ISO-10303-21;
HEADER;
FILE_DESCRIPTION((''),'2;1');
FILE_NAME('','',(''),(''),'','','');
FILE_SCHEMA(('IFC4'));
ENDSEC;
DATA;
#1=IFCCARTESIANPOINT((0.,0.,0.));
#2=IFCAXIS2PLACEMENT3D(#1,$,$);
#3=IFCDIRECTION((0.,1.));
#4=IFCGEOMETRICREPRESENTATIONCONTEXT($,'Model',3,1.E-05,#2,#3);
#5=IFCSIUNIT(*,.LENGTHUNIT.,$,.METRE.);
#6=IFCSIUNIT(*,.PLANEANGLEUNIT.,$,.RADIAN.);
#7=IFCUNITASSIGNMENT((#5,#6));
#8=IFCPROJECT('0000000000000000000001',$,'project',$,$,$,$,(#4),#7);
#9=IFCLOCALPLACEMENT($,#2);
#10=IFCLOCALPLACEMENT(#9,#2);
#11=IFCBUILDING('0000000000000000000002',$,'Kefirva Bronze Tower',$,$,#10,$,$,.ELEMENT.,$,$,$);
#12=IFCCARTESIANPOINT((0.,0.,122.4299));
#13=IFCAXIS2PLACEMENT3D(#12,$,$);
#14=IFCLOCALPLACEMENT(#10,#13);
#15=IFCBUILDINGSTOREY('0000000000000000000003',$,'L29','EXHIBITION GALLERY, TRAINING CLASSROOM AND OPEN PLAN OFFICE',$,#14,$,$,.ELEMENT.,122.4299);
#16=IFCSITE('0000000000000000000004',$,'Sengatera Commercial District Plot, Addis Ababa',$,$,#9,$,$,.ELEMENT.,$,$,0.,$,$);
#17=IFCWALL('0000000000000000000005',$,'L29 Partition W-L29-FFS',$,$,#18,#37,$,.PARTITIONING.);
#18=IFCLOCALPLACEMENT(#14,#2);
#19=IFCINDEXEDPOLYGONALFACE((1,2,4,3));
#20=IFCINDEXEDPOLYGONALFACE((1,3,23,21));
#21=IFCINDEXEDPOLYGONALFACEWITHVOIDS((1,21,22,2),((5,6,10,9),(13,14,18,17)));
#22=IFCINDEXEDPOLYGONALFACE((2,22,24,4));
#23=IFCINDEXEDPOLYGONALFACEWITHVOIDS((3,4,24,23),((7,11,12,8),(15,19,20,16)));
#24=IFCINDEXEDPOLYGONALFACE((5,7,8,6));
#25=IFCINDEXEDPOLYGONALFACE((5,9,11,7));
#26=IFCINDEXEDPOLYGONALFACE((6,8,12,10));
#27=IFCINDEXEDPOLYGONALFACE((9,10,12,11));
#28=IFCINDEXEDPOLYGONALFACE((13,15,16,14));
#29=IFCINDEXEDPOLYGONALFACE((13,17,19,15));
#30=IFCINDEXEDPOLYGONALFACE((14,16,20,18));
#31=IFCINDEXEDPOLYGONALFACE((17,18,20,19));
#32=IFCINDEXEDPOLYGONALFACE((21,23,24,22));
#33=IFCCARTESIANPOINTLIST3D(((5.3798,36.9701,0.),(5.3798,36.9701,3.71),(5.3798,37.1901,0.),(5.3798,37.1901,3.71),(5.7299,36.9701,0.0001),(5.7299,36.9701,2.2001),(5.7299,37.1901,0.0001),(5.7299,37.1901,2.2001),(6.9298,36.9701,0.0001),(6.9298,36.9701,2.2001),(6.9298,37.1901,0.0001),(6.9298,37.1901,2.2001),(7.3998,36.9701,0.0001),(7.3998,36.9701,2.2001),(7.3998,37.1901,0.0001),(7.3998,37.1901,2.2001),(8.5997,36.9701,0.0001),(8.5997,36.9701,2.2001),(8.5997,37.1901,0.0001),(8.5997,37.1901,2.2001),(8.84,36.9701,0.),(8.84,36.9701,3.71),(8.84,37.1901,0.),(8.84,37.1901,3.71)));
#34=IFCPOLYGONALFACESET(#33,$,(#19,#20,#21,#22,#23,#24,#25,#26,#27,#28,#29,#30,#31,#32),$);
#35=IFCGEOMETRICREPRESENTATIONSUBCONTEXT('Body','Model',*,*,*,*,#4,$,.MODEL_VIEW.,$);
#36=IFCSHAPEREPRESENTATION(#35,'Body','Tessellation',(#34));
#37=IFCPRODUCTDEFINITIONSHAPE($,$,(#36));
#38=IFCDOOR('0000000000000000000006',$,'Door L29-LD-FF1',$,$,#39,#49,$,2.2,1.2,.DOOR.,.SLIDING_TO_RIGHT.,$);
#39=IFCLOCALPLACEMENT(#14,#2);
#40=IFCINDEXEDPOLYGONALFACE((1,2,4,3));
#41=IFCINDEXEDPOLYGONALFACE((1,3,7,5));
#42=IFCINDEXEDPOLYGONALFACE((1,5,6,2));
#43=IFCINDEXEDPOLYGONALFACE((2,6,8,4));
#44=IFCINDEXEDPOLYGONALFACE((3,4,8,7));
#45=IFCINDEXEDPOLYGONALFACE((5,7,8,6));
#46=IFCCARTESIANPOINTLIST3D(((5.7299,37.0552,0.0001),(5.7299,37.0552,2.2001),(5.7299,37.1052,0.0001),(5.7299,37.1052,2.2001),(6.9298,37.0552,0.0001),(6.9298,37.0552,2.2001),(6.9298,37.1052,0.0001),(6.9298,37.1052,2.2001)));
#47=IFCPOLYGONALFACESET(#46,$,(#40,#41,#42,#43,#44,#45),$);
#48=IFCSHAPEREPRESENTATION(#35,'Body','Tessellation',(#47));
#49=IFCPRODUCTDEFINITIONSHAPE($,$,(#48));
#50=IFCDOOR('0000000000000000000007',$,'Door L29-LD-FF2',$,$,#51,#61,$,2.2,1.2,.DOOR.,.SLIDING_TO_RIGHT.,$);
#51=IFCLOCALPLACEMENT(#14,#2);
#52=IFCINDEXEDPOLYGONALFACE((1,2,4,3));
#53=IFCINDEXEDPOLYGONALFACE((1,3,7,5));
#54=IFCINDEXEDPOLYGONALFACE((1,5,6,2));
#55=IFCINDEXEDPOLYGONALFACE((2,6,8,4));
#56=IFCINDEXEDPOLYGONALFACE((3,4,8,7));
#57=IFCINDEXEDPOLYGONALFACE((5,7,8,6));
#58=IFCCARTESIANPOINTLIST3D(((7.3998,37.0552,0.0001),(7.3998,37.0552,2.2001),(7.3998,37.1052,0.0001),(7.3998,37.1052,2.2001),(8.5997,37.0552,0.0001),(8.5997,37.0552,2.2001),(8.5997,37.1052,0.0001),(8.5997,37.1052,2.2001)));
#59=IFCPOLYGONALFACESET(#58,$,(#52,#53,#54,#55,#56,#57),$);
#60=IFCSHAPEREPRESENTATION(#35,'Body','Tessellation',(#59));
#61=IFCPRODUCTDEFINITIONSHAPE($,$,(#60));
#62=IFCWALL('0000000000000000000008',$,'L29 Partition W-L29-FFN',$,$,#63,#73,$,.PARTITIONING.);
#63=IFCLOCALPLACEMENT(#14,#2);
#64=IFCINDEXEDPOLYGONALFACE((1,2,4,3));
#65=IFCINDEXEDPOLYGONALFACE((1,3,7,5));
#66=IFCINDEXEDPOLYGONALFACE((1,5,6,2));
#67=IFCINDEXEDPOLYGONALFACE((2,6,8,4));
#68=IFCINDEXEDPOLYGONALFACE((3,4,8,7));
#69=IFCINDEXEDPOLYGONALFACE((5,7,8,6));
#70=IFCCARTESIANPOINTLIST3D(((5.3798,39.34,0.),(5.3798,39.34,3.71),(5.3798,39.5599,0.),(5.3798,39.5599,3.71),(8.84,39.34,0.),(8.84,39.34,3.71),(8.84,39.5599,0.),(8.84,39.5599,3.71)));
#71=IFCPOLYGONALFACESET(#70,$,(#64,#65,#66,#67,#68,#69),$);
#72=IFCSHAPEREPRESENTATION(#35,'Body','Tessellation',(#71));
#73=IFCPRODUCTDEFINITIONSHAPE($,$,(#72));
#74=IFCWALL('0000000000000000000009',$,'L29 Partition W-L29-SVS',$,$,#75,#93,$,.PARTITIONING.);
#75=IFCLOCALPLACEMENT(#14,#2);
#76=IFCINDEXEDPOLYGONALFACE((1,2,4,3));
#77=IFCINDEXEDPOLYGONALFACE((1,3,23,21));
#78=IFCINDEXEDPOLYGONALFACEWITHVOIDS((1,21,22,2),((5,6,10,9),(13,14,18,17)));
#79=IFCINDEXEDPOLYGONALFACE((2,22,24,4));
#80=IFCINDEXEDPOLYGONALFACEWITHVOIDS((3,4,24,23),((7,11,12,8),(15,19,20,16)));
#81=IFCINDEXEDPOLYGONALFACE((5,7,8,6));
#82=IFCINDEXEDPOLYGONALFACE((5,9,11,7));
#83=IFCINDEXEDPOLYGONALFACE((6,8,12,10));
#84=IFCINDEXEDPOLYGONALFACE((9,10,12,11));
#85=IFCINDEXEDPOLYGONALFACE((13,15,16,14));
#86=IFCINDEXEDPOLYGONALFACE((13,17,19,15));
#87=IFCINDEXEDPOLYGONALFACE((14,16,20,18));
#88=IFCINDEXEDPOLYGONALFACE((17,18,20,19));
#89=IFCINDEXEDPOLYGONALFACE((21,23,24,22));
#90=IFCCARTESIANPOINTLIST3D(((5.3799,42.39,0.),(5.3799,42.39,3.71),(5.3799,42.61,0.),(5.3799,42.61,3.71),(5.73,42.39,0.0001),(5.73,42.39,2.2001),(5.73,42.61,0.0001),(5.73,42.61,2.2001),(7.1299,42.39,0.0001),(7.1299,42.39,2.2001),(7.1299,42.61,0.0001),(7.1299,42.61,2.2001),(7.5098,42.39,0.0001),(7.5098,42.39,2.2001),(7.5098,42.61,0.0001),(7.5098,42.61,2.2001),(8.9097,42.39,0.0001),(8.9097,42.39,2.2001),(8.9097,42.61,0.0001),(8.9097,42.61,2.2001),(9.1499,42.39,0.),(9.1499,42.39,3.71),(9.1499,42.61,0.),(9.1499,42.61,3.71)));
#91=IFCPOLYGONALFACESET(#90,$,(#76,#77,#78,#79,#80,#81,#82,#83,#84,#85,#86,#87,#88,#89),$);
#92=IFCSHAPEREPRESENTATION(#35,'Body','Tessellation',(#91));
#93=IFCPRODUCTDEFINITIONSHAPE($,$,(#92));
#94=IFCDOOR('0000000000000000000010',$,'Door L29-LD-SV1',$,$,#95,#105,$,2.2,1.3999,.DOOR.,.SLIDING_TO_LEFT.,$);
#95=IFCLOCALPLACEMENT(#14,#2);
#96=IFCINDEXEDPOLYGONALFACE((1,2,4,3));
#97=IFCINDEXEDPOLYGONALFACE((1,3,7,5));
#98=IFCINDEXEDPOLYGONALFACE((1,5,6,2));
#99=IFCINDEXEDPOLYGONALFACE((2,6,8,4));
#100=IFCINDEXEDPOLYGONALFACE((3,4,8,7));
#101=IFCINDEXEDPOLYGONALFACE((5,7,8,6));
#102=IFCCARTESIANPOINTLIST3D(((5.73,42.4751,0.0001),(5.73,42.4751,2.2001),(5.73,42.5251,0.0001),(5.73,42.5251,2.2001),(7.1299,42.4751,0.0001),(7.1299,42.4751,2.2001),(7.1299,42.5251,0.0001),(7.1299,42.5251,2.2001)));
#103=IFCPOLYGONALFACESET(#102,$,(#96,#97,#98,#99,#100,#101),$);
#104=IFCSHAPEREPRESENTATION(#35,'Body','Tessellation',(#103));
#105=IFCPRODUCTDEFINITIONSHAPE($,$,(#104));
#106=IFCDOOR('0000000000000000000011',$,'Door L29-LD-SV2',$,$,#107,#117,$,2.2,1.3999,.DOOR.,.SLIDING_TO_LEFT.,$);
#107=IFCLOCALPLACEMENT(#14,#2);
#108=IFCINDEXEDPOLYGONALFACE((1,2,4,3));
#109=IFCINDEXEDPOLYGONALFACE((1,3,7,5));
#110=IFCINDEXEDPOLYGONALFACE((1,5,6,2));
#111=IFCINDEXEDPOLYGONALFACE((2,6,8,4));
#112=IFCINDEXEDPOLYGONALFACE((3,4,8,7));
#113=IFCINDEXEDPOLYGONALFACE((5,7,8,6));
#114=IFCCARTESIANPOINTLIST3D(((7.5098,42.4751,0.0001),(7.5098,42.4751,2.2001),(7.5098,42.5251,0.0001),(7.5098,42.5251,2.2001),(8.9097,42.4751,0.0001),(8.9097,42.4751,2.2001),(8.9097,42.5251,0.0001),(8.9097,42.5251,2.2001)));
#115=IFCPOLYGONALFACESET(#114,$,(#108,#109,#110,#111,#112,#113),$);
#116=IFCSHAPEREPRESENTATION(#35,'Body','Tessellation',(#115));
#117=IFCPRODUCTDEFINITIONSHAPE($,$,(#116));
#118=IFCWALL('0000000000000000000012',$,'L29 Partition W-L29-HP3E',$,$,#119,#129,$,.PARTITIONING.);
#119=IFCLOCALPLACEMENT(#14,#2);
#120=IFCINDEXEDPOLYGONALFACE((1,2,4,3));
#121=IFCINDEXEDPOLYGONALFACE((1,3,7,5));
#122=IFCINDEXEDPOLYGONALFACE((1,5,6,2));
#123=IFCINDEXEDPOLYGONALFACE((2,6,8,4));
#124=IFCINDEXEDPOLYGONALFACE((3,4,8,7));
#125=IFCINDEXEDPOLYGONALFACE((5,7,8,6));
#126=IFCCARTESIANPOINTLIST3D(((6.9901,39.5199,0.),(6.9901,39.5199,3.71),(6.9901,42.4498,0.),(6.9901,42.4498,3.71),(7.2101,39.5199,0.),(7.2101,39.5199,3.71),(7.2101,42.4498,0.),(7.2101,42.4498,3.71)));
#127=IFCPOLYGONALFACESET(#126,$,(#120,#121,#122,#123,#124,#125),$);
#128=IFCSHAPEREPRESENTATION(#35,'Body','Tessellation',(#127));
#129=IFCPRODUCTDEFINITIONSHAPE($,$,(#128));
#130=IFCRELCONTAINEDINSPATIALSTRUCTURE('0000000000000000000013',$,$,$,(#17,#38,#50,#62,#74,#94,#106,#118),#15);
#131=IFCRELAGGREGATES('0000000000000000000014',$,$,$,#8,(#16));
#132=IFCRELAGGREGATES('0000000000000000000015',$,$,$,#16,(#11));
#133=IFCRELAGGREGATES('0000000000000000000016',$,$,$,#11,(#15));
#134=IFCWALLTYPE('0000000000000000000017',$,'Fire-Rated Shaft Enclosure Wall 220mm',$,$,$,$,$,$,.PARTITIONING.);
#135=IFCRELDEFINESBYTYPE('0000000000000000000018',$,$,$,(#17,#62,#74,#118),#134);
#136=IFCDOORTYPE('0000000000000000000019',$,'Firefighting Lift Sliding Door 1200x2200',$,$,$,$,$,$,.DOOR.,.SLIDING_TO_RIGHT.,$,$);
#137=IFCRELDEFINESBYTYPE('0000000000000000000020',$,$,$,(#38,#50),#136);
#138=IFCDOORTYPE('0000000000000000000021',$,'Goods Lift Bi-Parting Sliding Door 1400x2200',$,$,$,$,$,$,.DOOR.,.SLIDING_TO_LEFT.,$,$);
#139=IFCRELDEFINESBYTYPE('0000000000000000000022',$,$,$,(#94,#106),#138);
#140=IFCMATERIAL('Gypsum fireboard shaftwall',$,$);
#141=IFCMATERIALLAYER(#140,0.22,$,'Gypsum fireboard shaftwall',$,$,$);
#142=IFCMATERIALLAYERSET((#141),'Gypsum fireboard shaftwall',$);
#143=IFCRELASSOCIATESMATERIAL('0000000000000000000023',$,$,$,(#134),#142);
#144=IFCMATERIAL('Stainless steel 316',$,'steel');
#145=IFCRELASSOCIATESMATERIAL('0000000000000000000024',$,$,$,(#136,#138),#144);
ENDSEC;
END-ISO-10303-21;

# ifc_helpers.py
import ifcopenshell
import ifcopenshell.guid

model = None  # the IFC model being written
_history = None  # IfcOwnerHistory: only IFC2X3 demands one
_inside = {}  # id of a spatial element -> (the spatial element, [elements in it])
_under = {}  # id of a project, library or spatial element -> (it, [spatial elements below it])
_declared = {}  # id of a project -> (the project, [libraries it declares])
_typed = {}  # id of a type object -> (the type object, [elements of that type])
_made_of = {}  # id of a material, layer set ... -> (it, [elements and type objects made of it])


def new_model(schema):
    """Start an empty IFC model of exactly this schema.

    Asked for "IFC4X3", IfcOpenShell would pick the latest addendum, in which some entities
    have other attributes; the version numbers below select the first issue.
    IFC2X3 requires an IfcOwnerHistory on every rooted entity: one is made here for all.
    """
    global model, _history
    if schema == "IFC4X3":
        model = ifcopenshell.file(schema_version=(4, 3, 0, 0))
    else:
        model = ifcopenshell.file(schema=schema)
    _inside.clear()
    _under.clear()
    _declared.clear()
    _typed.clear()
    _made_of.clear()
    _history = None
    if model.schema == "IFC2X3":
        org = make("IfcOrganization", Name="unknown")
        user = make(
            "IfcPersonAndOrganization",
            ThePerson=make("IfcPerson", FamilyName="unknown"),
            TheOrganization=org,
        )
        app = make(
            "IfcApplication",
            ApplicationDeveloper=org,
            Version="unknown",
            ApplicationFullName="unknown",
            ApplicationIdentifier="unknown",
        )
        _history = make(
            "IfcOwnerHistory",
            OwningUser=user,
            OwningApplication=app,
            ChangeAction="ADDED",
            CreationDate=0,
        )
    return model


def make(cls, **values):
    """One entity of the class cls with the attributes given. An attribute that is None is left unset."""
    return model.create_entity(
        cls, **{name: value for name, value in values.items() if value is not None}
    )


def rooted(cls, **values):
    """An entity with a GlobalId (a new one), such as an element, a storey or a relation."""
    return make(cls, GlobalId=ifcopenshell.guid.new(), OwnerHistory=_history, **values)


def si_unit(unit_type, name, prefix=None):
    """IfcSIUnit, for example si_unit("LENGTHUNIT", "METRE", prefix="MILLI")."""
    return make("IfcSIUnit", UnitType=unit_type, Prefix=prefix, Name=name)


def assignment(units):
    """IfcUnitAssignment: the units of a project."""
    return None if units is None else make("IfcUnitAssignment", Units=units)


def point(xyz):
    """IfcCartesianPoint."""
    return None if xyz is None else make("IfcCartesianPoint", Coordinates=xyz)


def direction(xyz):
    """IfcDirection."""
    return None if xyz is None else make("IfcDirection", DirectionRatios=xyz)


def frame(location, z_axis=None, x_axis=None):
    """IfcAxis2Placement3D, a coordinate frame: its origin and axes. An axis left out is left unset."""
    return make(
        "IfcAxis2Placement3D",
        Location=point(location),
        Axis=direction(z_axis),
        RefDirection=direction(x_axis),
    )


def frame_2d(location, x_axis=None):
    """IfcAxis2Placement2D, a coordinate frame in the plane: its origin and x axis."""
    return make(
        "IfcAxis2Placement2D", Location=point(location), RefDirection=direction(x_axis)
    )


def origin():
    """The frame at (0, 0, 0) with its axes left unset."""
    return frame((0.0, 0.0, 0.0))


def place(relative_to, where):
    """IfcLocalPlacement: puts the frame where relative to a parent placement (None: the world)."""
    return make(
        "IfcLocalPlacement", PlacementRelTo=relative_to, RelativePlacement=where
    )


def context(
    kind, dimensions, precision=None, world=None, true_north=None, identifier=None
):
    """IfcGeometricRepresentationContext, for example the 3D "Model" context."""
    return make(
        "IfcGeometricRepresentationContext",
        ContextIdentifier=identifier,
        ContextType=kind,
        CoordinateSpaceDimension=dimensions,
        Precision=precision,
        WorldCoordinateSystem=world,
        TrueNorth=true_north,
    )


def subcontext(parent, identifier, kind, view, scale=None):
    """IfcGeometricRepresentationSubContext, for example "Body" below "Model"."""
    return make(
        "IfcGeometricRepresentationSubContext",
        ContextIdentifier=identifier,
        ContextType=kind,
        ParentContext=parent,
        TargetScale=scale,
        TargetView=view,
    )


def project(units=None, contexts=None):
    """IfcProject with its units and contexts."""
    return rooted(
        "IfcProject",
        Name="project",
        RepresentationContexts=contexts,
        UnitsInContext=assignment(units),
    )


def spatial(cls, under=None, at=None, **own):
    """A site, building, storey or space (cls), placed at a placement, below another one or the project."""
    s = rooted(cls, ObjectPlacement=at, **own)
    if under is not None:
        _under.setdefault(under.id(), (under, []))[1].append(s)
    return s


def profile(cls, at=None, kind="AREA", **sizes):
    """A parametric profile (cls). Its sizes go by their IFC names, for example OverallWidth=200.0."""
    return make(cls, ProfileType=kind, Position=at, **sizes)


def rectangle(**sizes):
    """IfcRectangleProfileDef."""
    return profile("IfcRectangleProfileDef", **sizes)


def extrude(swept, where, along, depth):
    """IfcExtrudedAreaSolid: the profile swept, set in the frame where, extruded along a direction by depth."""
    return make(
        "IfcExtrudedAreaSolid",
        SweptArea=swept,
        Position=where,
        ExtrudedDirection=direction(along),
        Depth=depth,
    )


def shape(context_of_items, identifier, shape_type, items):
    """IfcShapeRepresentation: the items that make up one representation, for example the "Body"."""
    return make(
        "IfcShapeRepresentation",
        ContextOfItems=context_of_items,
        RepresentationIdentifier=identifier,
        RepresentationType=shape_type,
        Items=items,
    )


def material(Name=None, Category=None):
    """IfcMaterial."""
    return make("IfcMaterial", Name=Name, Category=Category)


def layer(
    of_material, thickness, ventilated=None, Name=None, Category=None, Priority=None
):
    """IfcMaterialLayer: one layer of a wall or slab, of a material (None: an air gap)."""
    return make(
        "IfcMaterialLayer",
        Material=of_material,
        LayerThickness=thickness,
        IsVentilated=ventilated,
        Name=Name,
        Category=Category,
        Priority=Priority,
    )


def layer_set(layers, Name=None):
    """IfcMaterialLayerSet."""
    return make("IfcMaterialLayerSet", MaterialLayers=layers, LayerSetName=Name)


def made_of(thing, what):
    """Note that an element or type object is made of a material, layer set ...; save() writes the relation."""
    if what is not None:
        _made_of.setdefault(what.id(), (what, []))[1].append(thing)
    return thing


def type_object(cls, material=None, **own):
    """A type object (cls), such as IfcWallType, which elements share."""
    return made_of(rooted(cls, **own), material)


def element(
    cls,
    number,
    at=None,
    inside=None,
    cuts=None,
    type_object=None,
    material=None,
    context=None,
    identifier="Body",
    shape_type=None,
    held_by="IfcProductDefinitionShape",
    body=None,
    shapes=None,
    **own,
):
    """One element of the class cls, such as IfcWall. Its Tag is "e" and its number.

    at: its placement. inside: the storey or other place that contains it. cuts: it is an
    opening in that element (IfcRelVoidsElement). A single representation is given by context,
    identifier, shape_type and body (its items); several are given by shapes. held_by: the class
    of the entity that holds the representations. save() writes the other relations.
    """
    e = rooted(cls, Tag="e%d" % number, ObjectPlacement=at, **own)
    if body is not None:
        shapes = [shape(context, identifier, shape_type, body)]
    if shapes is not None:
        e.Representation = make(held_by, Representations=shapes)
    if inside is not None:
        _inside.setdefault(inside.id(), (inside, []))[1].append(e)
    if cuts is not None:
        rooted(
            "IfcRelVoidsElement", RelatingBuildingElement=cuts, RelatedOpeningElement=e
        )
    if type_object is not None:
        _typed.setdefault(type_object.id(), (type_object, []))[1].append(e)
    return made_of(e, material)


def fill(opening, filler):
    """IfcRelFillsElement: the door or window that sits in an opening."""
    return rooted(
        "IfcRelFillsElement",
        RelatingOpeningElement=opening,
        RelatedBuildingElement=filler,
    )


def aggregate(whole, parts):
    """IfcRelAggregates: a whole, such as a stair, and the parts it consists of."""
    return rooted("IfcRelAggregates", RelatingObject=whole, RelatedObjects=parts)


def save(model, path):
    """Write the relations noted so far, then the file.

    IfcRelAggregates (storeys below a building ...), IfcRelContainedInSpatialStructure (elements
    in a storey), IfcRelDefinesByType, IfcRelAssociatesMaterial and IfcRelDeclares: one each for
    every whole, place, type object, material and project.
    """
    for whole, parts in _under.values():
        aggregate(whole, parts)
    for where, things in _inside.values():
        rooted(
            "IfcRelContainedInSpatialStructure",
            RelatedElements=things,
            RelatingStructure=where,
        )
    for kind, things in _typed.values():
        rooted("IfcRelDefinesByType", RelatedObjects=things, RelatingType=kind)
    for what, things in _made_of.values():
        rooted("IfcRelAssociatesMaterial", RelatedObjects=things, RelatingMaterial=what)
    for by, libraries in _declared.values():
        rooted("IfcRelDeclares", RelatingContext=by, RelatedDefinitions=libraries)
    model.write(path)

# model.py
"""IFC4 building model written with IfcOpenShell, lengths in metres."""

from ifc_helpers import new_model, si_unit, direction, frame, frame_2d, origin, place, context, subcontext, project, spatial, rectangle, extrude, material, layer, layer_set, type_object, element, fill, save


model = new_model("IFC4")

# Units and contexts
model_context = context("Model", 3, precision=1e-05, world=origin(), true_north=direction((0.0, 1.0)))
body_context = subcontext(model_context, "Body", "Model", "MODEL_VIEW")
ifc_project = project(units=[si_unit("LENGTHUNIT", "METRE"), si_unit("PLANEANGLEUNIT", "RADIAN")], contexts=[model_context])

# Site, building, storey
site_placement = place(None, origin())
site = spatial("IfcSite", under=ifc_project, at=site_placement, Name="Sengatera Commercial District Plot, Addis Ababa", CompositionType="ELEMENT", RefElevation=0.0)
building_placement = place(site_placement, origin())
building = spatial("IfcBuilding", under=site, at=building_placement, Name="Kefirva Bronze Tower", CompositionType="ELEMENT")
storey_placement = place(building_placement, frame((0.0, 0.0, 122.4299)))
storey = spatial("IfcBuildingStorey", under=building, at=storey_placement, Name="L29", Description="EXHIBITION GALLERY, TRAINING CLASSROOM AND OPEN PLAN OFFICE", CompositionType="ELEMENT", Elevation=122.4299)

# Wall, openings, doors
ifc_material_1 = material(Name="Gypsum fireboard shaftwall")
ifc_layer_1 = layer(ifc_material_1, 0.22, Name="Gypsum fireboard shaftwall")
ifc_layer_set_1 = layer_set([ifc_layer_1], Name="Gypsum fireboard shaftwall")
wall_type_1 = type_object("IfcWallType", Name="Fire-Rated Shaft Enclosure Wall 220mm", PredefinedType="PARTITIONING", material=ifc_layer_set_1)
wall_1_placement = place(storey_placement, frame((5.3799, 37.0801, 0.0), z_axis=(0.0, 0.0, 1.0), x_axis=(1.0, 0.0, 0.0)))
wall_1 = element("IfcWall", 1, at=wall_1_placement, inside=storey, type_object=wall_type_1, Name="L29 Partition W-L29-FFS", PredefinedType="PARTITIONING", context=body_context, shape_type="SweptSolid", body=[
    extrude(rectangle(XDim=3.4602, YDim=0.22, at=frame_2d((1.73, 0.0))), origin(), (0.0, 0.0, 1.0), 3.71),
])
opening_1_placement = place(wall_1_placement, frame((1.55, 0.0, 0.0), z_axis=(0.0, 0.0, 1.0), x_axis=(-1.0, 0.0, 0.0)))
opening_1 = element("IfcOpeningElement", 2, at=opening_1_placement, cuts=wall_1, PredefinedType="OPENING", context=body_context, shape_type="SweptSolid", body=[
    extrude(rectangle(XDim=1.2, YDim=2.2, at=frame_2d((0.6001, 1.1001))), frame((0.0, 0.1201, 0.0), z_axis=(0.0, -1.0, 0.0), x_axis=(1.0, 0.0, 0.0)), (0.0, 0.0, 1.0), 0.24),
])
opening_2_placement = place(wall_1_placement, frame((3.22, 0.0, 0.0), z_axis=(0.0, 0.0, 1.0), x_axis=(-1.0, 0.0, 0.0)))
opening_2 = element("IfcOpeningElement", 3, at=opening_2_placement, cuts=wall_1, PredefinedType="OPENING", context=body_context, shape_type="SweptSolid", body=[
    extrude(rectangle(XDim=1.2, YDim=2.2, at=frame_2d((0.6001, 1.1001))), frame((0.0, 0.1201, 0.0), z_axis=(0.0, -1.0, 0.0), x_axis=(1.0, 0.0, 0.0)), (0.0, 0.0, 1.0), 0.24),
])
ifc_material_2 = material(Name="Stainless steel 316", Category="steel")
door_type_1 = type_object("IfcDoorType", Name="Firefighting Lift Sliding Door 1200x2200", OperationType="SLIDING_TO_RIGHT", PredefinedType="DOOR", material=ifc_material_2)
door_1_placement = place(opening_1_placement, origin())
door_1 = element("IfcDoor", 4, at=door_1_placement, inside=storey, type_object=door_type_1, Name="Door L29-LD-FF1", OperationType="SLIDING_TO_RIGHT", OverallHeight=2.2, OverallWidth=1.2, PredefinedType="DOOR", context=body_context, shape_type="SweptSolid", body=[
    extrude(rectangle(XDim=1.2, YDim=2.2, at=frame_2d((0.6001, 1.1001))), frame((0.0, 0.0249, 0.0), z_axis=(0.0, -1.0, 0.0), x_axis=(1.0, 0.0, 0.0)), (0.0, 0.0, 1.0), 0.05),
])
fill(opening_1, door_1)
door_2_placement = place(opening_2_placement, origin())
door_2 = element("IfcDoor", 5, at=door_2_placement, inside=storey, type_object=door_type_1, Name="Door L29-LD-FF2", OperationType="SLIDING_TO_RIGHT", OverallHeight=2.2, OverallWidth=1.2, PredefinedType="DOOR", context=body_context, shape_type="SweptSolid", body=[
    extrude(rectangle(XDim=1.2, YDim=2.2, at=frame_2d((0.6001, 1.1001))), frame((0.0, 0.0249, 0.0), z_axis=(0.0, -1.0, 0.0), x_axis=(1.0, 0.0, 0.0)), (0.0, 0.0, 1.0), 0.05),
])
fill(opening_2, door_2)

# Wall
wall_2_placement = place(storey_placement, frame((5.3799, 39.45, 0.0), z_axis=(0.0, 0.0, 1.0), x_axis=(1.0, 0.0, 0.0)))
element("IfcWall", 6, at=wall_2_placement, inside=storey, type_object=wall_type_1, Name="L29 Partition W-L29-FFN", PredefinedType="PARTITIONING", context=body_context, shape_type="SweptSolid", body=[
    extrude(rectangle(XDim=3.4602, YDim=0.22, at=frame_2d((1.73, 0.0))), origin(), (0.0, 0.0, 1.0), 3.71),
])

# Wall, openings, doors
wall_3_placement = place(storey_placement, frame((5.3799, 42.5, 0.0), z_axis=(0.0, 0.0, 1.0), x_axis=(1.0, 0.0, 0.0)))
wall_3 = element("IfcWall", 7, at=wall_3_placement, inside=storey, type_object=wall_type_1, Name="L29 Partition W-L29-SVS", PredefinedType="PARTITIONING", context=body_context, shape_type="SweptSolid", body=[
    extrude(rectangle(XDim=3.77, YDim=0.22, at=frame_2d((1.885, 0.0))), origin(), (0.0, 0.0, 1.0), 3.71),
])
opening_3_placement = place(wall_3_placement, frame((1.75, 0.0, 0.0), z_axis=(0.0, 0.0, 1.0), x_axis=(-1.0, 0.0, 0.0)))
opening_3 = element("IfcOpeningElement", 8, at=opening_3_placement, cuts=wall_3, PredefinedType="OPENING", context=body_context, shape_type="SweptSolid", body=[
    extrude(rectangle(XDim=1.3999, YDim=2.2, at=frame_2d((0.7, 1.1001))), frame((0.0, 0.1201, 0.0), z_axis=(0.0, -1.0, 0.0), x_axis=(1.0, 0.0, 0.0)), (0.0, 0.0, 1.0), 0.24),
])
opening_4_placement = place(wall_3_placement, frame((3.5298, 0.0, 0.0), z_axis=(0.0, 0.0, 1.0), x_axis=(-1.0, 0.0, 0.0)))
opening_4 = element("IfcOpeningElement", 9, at=opening_4_placement, cuts=wall_3, PredefinedType="OPENING", context=body_context, shape_type="SweptSolid", body=[
    extrude(rectangle(XDim=1.3999, YDim=2.2, at=frame_2d((0.7, 1.1001))), frame((0.0, 0.1201, 0.0), z_axis=(0.0, -1.0, 0.0), x_axis=(1.0, 0.0, 0.0)), (0.0, 0.0, 1.0), 0.24),
])
door_type_2 = type_object("IfcDoorType", Name="Goods Lift Bi-Parting Sliding Door 1400x2200", OperationType="SLIDING_TO_LEFT", PredefinedType="DOOR", material=ifc_material_2)
door_3_placement = place(opening_3_placement, origin())
door_3 = element("IfcDoor", 10, at=door_3_placement, inside=storey, type_object=door_type_2, Name="Door L29-LD-SV1", OperationType="SLIDING_TO_LEFT", OverallHeight=2.2, OverallWidth=1.3999, PredefinedType="DOOR", context=body_context, shape_type="SweptSolid", body=[
    extrude(rectangle(XDim=1.3999, YDim=2.2, at=frame_2d((0.7, 1.1001))), frame((0.0, 0.0249, 0.0), z_axis=(0.0, -1.0, 0.0), x_axis=(1.0, 0.0, 0.0)), (0.0, 0.0, 1.0), 0.05),
])
fill(opening_3, door_3)
door_4_placement = place(opening_4_placement, origin())
door_4 = element("IfcDoor", 11, at=door_4_placement, inside=storey, type_object=door_type_2, Name="Door L29-LD-SV2", OperationType="SLIDING_TO_LEFT", OverallHeight=2.2, OverallWidth=1.3999, PredefinedType="DOOR", context=body_context, shape_type="SweptSolid", body=[
    extrude(rectangle(XDim=1.3999, YDim=2.2, at=frame_2d((0.7, 1.1001))), frame((0.0, 0.0249, 0.0), z_axis=(0.0, -1.0, 0.0), x_axis=(1.0, 0.0, 0.0)), (0.0, 0.0, 1.0), 0.05),
])
fill(opening_4, door_4)

# Wall
wall_4_placement = place(storey_placement, frame((7.1001, 39.52, 0.0), z_axis=(0.0, 0.0, 1.0), x_axis=(0.0, 1.0, 0.0)))
element("IfcWall", 12, at=wall_4_placement, inside=storey, type_object=wall_type_1, Name="L29 Partition W-L29-HP3E", PredefinedType="PARTITIONING", context=body_context, shape_type="SweptSolid", body=[
    extrude(rectangle(XDim=2.9299, YDim=0.22, at=frame_2d((1.4648, 0.0))), origin(), (0.0, 0.0, 1.0), 3.71),
])

save(model, "model.ifc")
